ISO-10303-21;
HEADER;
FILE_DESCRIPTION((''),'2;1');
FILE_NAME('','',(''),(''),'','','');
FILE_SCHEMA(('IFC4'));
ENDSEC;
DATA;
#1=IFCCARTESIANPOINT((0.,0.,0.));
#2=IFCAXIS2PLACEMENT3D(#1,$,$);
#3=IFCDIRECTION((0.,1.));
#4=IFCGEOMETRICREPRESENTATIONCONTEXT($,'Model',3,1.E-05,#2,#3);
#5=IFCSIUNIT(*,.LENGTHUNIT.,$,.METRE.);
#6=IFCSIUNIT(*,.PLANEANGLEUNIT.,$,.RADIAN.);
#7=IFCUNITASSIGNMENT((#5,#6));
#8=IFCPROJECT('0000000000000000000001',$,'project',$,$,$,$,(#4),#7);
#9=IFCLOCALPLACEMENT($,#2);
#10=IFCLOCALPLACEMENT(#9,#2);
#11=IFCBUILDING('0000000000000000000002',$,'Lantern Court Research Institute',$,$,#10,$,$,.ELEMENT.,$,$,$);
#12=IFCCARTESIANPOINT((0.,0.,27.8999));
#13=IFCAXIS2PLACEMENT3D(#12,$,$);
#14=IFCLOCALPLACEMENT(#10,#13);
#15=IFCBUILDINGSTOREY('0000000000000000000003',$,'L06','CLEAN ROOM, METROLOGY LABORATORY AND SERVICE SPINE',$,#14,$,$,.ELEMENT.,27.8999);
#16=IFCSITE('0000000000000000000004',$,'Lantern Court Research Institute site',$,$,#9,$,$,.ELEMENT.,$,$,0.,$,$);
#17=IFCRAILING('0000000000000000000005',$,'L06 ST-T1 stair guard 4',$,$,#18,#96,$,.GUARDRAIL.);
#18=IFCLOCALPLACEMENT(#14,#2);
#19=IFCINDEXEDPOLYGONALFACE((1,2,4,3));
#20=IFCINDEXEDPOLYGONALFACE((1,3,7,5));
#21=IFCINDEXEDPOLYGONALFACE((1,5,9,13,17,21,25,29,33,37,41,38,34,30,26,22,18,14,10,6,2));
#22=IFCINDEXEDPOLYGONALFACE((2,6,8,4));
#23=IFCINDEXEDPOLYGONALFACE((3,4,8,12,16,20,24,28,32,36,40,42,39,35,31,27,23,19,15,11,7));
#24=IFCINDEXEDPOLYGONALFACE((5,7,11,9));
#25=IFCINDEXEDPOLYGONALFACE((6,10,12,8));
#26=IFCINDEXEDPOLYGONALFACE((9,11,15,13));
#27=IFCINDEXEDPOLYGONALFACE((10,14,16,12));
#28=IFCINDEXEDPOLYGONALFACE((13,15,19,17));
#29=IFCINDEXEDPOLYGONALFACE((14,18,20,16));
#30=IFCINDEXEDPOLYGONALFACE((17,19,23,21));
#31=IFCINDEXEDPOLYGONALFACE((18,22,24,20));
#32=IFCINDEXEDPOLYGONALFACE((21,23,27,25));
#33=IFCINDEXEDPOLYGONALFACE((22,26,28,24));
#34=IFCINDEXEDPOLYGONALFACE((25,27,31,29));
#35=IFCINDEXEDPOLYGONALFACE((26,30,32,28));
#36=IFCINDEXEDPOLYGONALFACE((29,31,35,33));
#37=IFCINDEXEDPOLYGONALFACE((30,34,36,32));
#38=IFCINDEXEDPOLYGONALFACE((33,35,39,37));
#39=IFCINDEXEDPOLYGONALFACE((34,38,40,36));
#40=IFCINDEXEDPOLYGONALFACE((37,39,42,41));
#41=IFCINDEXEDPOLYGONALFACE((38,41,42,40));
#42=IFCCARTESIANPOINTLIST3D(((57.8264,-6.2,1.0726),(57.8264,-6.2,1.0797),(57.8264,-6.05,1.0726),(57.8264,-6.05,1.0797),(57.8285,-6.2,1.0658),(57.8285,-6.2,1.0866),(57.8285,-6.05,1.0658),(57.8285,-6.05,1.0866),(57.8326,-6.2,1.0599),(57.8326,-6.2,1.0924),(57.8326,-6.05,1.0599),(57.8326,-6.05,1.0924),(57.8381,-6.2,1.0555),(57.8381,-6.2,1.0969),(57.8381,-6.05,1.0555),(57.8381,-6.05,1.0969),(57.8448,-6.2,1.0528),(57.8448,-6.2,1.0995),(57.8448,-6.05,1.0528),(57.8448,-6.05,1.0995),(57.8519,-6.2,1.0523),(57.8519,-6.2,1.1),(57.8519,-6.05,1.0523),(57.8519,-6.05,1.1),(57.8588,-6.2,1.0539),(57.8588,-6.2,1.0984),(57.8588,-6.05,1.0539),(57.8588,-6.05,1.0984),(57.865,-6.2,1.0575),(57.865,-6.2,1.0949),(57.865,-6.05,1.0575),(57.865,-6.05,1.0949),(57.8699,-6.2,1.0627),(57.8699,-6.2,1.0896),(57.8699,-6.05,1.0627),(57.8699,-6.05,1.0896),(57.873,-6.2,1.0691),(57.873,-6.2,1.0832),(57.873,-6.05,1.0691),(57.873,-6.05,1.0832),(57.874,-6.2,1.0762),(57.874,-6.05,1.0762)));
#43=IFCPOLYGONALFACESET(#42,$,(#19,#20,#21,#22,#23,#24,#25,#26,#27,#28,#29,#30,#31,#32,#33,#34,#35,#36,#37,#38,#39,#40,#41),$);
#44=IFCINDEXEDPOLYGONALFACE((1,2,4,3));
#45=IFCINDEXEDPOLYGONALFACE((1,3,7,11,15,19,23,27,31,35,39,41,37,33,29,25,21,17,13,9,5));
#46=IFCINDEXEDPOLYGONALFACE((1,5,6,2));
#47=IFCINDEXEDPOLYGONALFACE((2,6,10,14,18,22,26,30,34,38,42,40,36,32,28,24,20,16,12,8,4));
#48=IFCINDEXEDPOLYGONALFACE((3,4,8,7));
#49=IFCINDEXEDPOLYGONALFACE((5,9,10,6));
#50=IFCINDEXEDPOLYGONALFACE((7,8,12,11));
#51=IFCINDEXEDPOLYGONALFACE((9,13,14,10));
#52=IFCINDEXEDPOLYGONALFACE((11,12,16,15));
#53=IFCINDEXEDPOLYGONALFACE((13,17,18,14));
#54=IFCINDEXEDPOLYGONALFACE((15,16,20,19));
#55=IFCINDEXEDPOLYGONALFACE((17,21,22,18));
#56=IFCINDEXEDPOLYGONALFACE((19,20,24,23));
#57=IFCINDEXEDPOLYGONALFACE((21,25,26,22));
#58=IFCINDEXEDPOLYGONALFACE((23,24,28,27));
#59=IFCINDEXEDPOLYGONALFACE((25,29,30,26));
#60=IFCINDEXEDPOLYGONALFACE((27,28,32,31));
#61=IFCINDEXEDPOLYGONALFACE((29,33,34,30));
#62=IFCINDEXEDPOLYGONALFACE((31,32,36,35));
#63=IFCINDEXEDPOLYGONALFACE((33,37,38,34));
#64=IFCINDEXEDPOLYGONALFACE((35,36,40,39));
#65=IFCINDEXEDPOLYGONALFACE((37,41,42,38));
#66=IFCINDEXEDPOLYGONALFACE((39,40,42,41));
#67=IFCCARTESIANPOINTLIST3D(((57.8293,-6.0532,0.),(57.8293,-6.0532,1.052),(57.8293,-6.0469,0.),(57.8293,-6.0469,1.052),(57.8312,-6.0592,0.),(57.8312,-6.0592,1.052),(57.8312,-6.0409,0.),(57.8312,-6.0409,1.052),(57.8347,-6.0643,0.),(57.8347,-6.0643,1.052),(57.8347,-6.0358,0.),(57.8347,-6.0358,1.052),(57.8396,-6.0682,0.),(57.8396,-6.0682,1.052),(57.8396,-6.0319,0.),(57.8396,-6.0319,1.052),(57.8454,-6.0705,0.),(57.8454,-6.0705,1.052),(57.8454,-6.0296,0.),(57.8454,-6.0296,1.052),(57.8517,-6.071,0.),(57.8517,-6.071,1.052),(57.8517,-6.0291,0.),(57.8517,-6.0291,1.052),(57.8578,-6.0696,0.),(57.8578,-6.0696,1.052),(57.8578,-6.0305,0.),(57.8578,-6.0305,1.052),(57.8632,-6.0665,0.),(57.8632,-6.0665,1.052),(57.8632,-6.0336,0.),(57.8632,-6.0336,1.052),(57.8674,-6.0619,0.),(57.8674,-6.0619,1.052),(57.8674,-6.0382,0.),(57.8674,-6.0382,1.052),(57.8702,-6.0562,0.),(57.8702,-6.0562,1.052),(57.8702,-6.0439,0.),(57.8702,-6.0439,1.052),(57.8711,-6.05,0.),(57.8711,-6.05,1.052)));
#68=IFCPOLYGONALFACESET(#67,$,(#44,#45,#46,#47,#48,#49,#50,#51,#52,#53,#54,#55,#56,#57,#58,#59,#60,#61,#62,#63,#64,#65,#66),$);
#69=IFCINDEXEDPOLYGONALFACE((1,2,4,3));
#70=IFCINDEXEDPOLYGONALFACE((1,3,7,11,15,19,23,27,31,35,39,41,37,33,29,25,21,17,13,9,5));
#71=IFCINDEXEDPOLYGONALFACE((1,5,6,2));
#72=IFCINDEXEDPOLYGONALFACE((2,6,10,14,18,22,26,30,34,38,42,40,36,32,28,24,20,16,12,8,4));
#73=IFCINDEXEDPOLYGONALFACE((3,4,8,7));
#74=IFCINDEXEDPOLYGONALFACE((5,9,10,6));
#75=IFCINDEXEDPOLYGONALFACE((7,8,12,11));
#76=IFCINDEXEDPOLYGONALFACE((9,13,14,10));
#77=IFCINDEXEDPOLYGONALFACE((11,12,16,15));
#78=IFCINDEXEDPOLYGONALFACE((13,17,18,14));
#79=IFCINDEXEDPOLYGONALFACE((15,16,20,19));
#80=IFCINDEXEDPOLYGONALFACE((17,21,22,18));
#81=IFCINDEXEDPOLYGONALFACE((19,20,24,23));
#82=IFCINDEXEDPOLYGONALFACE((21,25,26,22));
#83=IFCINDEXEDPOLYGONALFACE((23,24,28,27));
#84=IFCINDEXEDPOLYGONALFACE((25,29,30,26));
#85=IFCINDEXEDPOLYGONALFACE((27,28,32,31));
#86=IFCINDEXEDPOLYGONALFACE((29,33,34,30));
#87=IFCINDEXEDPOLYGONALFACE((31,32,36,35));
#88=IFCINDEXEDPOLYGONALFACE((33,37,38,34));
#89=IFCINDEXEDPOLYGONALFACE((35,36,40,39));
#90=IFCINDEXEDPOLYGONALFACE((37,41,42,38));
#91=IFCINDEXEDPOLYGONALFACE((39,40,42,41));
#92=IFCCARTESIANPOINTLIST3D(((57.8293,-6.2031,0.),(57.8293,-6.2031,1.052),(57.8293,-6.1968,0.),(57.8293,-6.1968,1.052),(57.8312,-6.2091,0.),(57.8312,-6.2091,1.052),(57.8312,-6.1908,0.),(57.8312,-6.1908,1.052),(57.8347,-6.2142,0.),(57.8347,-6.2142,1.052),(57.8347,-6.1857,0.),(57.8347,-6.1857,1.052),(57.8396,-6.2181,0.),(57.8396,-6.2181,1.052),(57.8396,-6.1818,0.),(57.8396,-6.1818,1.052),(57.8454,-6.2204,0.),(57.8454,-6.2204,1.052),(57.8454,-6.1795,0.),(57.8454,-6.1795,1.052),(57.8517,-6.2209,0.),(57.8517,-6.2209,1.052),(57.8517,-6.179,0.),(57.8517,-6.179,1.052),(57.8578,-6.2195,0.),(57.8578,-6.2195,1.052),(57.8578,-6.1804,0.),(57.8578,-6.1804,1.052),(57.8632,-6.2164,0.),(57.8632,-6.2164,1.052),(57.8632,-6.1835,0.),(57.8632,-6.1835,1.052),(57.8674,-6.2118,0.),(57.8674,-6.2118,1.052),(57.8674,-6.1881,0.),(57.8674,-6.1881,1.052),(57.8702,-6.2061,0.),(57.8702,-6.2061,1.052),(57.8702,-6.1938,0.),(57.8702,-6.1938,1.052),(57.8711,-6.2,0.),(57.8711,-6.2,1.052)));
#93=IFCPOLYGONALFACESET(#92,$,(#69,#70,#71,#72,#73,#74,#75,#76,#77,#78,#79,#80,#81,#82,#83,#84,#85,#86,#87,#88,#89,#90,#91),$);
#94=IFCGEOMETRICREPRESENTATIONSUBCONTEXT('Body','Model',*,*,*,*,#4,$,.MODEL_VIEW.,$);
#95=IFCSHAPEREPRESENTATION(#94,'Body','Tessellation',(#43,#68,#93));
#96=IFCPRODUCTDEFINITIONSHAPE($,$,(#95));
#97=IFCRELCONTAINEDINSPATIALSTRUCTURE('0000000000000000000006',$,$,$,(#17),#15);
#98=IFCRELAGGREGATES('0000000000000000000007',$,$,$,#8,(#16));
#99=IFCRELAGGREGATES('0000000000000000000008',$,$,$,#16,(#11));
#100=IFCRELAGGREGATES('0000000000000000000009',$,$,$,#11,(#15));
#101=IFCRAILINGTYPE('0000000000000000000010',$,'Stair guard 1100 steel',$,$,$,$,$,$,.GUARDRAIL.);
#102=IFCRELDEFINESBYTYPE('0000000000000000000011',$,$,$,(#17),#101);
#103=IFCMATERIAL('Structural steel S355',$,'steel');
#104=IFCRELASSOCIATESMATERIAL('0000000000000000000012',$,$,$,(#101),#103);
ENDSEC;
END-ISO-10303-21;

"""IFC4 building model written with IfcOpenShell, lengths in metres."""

from ifc_helpers import new_model, si_unit, direction, frame, origin, origin_2d, place, context, subcontext, project, spatial, circle, extrude, material, type_object, element, save


model = new_model("IFC4")

# Units and contexts
model_context = context("Model", 3, precision=1e-05, world=origin(), true_north=direction((0.0, 1.0)))
body_context = subcontext(model_context, "Body", "Model", "MODEL_VIEW")
ifc_project = project(units=[si_unit("LENGTHUNIT", "METRE"), si_unit("PLANEANGLEUNIT", "RADIAN")], contexts=[model_context])

# Site, building, storey
site_placement = place(None, origin())
site = spatial("IfcSite", under=ifc_project, at=site_placement, Name="Lantern Court Research Institute site", CompositionType="ELEMENT", RefElevation=0.0)
building_placement = place(site_placement, origin())
building = spatial("IfcBuilding", under=site, at=building_placement, Name="Lantern Court Research Institute", CompositionType="ELEMENT")
storey_placement = place(building_placement, frame((0.0, 0.0, 27.8999)))
storey = spatial("IfcBuildingStorey", under=building, at=storey_placement, Name="L06", Description="CLEAN ROOM, METROLOGY LABORATORY AND SERVICE SPINE", CompositionType="ELEMENT", Elevation=27.8999)

# Railing
ifc_material_1 = material(Name="Structural steel S355", Category="steel")
railing_type_1 = type_object("IfcRailingType", Name="Stair guard 1100 steel", PredefinedType="GUARDRAIL", material=ifc_material_1)
railing_1_placement = place(storey_placement, frame((57.8501, -6.05, 0.0)))
element("IfcRailing", 1, at=railing_1_placement, inside=storey, type_object=railing_type_1, Name="L06 ST-T1 stair guard 4", PredefinedType="GUARDRAIL", context=body_context, shape_type="SweptSolid", body=[
    extrude(circle(Radius=0.0239, at=origin_2d()), frame((0.0, 0.0, 1.0762), z_axis=(0.0, -1.0, 0.0), x_axis=(1.0, 0.0, 0.0)), (0.0, 0.0, 1.0), 0.1499),
    extrude(circle(Radius=0.021, at=origin_2d()), origin(), (0.0, 0.0, 1.0), 1.052),
    extrude(circle(Radius=0.021, at=origin_2d()), frame((0.0, -0.1499, 0.0)), (0.0, 0.0, 1.0), 1.052),
])

save(model, "model.ifc")
